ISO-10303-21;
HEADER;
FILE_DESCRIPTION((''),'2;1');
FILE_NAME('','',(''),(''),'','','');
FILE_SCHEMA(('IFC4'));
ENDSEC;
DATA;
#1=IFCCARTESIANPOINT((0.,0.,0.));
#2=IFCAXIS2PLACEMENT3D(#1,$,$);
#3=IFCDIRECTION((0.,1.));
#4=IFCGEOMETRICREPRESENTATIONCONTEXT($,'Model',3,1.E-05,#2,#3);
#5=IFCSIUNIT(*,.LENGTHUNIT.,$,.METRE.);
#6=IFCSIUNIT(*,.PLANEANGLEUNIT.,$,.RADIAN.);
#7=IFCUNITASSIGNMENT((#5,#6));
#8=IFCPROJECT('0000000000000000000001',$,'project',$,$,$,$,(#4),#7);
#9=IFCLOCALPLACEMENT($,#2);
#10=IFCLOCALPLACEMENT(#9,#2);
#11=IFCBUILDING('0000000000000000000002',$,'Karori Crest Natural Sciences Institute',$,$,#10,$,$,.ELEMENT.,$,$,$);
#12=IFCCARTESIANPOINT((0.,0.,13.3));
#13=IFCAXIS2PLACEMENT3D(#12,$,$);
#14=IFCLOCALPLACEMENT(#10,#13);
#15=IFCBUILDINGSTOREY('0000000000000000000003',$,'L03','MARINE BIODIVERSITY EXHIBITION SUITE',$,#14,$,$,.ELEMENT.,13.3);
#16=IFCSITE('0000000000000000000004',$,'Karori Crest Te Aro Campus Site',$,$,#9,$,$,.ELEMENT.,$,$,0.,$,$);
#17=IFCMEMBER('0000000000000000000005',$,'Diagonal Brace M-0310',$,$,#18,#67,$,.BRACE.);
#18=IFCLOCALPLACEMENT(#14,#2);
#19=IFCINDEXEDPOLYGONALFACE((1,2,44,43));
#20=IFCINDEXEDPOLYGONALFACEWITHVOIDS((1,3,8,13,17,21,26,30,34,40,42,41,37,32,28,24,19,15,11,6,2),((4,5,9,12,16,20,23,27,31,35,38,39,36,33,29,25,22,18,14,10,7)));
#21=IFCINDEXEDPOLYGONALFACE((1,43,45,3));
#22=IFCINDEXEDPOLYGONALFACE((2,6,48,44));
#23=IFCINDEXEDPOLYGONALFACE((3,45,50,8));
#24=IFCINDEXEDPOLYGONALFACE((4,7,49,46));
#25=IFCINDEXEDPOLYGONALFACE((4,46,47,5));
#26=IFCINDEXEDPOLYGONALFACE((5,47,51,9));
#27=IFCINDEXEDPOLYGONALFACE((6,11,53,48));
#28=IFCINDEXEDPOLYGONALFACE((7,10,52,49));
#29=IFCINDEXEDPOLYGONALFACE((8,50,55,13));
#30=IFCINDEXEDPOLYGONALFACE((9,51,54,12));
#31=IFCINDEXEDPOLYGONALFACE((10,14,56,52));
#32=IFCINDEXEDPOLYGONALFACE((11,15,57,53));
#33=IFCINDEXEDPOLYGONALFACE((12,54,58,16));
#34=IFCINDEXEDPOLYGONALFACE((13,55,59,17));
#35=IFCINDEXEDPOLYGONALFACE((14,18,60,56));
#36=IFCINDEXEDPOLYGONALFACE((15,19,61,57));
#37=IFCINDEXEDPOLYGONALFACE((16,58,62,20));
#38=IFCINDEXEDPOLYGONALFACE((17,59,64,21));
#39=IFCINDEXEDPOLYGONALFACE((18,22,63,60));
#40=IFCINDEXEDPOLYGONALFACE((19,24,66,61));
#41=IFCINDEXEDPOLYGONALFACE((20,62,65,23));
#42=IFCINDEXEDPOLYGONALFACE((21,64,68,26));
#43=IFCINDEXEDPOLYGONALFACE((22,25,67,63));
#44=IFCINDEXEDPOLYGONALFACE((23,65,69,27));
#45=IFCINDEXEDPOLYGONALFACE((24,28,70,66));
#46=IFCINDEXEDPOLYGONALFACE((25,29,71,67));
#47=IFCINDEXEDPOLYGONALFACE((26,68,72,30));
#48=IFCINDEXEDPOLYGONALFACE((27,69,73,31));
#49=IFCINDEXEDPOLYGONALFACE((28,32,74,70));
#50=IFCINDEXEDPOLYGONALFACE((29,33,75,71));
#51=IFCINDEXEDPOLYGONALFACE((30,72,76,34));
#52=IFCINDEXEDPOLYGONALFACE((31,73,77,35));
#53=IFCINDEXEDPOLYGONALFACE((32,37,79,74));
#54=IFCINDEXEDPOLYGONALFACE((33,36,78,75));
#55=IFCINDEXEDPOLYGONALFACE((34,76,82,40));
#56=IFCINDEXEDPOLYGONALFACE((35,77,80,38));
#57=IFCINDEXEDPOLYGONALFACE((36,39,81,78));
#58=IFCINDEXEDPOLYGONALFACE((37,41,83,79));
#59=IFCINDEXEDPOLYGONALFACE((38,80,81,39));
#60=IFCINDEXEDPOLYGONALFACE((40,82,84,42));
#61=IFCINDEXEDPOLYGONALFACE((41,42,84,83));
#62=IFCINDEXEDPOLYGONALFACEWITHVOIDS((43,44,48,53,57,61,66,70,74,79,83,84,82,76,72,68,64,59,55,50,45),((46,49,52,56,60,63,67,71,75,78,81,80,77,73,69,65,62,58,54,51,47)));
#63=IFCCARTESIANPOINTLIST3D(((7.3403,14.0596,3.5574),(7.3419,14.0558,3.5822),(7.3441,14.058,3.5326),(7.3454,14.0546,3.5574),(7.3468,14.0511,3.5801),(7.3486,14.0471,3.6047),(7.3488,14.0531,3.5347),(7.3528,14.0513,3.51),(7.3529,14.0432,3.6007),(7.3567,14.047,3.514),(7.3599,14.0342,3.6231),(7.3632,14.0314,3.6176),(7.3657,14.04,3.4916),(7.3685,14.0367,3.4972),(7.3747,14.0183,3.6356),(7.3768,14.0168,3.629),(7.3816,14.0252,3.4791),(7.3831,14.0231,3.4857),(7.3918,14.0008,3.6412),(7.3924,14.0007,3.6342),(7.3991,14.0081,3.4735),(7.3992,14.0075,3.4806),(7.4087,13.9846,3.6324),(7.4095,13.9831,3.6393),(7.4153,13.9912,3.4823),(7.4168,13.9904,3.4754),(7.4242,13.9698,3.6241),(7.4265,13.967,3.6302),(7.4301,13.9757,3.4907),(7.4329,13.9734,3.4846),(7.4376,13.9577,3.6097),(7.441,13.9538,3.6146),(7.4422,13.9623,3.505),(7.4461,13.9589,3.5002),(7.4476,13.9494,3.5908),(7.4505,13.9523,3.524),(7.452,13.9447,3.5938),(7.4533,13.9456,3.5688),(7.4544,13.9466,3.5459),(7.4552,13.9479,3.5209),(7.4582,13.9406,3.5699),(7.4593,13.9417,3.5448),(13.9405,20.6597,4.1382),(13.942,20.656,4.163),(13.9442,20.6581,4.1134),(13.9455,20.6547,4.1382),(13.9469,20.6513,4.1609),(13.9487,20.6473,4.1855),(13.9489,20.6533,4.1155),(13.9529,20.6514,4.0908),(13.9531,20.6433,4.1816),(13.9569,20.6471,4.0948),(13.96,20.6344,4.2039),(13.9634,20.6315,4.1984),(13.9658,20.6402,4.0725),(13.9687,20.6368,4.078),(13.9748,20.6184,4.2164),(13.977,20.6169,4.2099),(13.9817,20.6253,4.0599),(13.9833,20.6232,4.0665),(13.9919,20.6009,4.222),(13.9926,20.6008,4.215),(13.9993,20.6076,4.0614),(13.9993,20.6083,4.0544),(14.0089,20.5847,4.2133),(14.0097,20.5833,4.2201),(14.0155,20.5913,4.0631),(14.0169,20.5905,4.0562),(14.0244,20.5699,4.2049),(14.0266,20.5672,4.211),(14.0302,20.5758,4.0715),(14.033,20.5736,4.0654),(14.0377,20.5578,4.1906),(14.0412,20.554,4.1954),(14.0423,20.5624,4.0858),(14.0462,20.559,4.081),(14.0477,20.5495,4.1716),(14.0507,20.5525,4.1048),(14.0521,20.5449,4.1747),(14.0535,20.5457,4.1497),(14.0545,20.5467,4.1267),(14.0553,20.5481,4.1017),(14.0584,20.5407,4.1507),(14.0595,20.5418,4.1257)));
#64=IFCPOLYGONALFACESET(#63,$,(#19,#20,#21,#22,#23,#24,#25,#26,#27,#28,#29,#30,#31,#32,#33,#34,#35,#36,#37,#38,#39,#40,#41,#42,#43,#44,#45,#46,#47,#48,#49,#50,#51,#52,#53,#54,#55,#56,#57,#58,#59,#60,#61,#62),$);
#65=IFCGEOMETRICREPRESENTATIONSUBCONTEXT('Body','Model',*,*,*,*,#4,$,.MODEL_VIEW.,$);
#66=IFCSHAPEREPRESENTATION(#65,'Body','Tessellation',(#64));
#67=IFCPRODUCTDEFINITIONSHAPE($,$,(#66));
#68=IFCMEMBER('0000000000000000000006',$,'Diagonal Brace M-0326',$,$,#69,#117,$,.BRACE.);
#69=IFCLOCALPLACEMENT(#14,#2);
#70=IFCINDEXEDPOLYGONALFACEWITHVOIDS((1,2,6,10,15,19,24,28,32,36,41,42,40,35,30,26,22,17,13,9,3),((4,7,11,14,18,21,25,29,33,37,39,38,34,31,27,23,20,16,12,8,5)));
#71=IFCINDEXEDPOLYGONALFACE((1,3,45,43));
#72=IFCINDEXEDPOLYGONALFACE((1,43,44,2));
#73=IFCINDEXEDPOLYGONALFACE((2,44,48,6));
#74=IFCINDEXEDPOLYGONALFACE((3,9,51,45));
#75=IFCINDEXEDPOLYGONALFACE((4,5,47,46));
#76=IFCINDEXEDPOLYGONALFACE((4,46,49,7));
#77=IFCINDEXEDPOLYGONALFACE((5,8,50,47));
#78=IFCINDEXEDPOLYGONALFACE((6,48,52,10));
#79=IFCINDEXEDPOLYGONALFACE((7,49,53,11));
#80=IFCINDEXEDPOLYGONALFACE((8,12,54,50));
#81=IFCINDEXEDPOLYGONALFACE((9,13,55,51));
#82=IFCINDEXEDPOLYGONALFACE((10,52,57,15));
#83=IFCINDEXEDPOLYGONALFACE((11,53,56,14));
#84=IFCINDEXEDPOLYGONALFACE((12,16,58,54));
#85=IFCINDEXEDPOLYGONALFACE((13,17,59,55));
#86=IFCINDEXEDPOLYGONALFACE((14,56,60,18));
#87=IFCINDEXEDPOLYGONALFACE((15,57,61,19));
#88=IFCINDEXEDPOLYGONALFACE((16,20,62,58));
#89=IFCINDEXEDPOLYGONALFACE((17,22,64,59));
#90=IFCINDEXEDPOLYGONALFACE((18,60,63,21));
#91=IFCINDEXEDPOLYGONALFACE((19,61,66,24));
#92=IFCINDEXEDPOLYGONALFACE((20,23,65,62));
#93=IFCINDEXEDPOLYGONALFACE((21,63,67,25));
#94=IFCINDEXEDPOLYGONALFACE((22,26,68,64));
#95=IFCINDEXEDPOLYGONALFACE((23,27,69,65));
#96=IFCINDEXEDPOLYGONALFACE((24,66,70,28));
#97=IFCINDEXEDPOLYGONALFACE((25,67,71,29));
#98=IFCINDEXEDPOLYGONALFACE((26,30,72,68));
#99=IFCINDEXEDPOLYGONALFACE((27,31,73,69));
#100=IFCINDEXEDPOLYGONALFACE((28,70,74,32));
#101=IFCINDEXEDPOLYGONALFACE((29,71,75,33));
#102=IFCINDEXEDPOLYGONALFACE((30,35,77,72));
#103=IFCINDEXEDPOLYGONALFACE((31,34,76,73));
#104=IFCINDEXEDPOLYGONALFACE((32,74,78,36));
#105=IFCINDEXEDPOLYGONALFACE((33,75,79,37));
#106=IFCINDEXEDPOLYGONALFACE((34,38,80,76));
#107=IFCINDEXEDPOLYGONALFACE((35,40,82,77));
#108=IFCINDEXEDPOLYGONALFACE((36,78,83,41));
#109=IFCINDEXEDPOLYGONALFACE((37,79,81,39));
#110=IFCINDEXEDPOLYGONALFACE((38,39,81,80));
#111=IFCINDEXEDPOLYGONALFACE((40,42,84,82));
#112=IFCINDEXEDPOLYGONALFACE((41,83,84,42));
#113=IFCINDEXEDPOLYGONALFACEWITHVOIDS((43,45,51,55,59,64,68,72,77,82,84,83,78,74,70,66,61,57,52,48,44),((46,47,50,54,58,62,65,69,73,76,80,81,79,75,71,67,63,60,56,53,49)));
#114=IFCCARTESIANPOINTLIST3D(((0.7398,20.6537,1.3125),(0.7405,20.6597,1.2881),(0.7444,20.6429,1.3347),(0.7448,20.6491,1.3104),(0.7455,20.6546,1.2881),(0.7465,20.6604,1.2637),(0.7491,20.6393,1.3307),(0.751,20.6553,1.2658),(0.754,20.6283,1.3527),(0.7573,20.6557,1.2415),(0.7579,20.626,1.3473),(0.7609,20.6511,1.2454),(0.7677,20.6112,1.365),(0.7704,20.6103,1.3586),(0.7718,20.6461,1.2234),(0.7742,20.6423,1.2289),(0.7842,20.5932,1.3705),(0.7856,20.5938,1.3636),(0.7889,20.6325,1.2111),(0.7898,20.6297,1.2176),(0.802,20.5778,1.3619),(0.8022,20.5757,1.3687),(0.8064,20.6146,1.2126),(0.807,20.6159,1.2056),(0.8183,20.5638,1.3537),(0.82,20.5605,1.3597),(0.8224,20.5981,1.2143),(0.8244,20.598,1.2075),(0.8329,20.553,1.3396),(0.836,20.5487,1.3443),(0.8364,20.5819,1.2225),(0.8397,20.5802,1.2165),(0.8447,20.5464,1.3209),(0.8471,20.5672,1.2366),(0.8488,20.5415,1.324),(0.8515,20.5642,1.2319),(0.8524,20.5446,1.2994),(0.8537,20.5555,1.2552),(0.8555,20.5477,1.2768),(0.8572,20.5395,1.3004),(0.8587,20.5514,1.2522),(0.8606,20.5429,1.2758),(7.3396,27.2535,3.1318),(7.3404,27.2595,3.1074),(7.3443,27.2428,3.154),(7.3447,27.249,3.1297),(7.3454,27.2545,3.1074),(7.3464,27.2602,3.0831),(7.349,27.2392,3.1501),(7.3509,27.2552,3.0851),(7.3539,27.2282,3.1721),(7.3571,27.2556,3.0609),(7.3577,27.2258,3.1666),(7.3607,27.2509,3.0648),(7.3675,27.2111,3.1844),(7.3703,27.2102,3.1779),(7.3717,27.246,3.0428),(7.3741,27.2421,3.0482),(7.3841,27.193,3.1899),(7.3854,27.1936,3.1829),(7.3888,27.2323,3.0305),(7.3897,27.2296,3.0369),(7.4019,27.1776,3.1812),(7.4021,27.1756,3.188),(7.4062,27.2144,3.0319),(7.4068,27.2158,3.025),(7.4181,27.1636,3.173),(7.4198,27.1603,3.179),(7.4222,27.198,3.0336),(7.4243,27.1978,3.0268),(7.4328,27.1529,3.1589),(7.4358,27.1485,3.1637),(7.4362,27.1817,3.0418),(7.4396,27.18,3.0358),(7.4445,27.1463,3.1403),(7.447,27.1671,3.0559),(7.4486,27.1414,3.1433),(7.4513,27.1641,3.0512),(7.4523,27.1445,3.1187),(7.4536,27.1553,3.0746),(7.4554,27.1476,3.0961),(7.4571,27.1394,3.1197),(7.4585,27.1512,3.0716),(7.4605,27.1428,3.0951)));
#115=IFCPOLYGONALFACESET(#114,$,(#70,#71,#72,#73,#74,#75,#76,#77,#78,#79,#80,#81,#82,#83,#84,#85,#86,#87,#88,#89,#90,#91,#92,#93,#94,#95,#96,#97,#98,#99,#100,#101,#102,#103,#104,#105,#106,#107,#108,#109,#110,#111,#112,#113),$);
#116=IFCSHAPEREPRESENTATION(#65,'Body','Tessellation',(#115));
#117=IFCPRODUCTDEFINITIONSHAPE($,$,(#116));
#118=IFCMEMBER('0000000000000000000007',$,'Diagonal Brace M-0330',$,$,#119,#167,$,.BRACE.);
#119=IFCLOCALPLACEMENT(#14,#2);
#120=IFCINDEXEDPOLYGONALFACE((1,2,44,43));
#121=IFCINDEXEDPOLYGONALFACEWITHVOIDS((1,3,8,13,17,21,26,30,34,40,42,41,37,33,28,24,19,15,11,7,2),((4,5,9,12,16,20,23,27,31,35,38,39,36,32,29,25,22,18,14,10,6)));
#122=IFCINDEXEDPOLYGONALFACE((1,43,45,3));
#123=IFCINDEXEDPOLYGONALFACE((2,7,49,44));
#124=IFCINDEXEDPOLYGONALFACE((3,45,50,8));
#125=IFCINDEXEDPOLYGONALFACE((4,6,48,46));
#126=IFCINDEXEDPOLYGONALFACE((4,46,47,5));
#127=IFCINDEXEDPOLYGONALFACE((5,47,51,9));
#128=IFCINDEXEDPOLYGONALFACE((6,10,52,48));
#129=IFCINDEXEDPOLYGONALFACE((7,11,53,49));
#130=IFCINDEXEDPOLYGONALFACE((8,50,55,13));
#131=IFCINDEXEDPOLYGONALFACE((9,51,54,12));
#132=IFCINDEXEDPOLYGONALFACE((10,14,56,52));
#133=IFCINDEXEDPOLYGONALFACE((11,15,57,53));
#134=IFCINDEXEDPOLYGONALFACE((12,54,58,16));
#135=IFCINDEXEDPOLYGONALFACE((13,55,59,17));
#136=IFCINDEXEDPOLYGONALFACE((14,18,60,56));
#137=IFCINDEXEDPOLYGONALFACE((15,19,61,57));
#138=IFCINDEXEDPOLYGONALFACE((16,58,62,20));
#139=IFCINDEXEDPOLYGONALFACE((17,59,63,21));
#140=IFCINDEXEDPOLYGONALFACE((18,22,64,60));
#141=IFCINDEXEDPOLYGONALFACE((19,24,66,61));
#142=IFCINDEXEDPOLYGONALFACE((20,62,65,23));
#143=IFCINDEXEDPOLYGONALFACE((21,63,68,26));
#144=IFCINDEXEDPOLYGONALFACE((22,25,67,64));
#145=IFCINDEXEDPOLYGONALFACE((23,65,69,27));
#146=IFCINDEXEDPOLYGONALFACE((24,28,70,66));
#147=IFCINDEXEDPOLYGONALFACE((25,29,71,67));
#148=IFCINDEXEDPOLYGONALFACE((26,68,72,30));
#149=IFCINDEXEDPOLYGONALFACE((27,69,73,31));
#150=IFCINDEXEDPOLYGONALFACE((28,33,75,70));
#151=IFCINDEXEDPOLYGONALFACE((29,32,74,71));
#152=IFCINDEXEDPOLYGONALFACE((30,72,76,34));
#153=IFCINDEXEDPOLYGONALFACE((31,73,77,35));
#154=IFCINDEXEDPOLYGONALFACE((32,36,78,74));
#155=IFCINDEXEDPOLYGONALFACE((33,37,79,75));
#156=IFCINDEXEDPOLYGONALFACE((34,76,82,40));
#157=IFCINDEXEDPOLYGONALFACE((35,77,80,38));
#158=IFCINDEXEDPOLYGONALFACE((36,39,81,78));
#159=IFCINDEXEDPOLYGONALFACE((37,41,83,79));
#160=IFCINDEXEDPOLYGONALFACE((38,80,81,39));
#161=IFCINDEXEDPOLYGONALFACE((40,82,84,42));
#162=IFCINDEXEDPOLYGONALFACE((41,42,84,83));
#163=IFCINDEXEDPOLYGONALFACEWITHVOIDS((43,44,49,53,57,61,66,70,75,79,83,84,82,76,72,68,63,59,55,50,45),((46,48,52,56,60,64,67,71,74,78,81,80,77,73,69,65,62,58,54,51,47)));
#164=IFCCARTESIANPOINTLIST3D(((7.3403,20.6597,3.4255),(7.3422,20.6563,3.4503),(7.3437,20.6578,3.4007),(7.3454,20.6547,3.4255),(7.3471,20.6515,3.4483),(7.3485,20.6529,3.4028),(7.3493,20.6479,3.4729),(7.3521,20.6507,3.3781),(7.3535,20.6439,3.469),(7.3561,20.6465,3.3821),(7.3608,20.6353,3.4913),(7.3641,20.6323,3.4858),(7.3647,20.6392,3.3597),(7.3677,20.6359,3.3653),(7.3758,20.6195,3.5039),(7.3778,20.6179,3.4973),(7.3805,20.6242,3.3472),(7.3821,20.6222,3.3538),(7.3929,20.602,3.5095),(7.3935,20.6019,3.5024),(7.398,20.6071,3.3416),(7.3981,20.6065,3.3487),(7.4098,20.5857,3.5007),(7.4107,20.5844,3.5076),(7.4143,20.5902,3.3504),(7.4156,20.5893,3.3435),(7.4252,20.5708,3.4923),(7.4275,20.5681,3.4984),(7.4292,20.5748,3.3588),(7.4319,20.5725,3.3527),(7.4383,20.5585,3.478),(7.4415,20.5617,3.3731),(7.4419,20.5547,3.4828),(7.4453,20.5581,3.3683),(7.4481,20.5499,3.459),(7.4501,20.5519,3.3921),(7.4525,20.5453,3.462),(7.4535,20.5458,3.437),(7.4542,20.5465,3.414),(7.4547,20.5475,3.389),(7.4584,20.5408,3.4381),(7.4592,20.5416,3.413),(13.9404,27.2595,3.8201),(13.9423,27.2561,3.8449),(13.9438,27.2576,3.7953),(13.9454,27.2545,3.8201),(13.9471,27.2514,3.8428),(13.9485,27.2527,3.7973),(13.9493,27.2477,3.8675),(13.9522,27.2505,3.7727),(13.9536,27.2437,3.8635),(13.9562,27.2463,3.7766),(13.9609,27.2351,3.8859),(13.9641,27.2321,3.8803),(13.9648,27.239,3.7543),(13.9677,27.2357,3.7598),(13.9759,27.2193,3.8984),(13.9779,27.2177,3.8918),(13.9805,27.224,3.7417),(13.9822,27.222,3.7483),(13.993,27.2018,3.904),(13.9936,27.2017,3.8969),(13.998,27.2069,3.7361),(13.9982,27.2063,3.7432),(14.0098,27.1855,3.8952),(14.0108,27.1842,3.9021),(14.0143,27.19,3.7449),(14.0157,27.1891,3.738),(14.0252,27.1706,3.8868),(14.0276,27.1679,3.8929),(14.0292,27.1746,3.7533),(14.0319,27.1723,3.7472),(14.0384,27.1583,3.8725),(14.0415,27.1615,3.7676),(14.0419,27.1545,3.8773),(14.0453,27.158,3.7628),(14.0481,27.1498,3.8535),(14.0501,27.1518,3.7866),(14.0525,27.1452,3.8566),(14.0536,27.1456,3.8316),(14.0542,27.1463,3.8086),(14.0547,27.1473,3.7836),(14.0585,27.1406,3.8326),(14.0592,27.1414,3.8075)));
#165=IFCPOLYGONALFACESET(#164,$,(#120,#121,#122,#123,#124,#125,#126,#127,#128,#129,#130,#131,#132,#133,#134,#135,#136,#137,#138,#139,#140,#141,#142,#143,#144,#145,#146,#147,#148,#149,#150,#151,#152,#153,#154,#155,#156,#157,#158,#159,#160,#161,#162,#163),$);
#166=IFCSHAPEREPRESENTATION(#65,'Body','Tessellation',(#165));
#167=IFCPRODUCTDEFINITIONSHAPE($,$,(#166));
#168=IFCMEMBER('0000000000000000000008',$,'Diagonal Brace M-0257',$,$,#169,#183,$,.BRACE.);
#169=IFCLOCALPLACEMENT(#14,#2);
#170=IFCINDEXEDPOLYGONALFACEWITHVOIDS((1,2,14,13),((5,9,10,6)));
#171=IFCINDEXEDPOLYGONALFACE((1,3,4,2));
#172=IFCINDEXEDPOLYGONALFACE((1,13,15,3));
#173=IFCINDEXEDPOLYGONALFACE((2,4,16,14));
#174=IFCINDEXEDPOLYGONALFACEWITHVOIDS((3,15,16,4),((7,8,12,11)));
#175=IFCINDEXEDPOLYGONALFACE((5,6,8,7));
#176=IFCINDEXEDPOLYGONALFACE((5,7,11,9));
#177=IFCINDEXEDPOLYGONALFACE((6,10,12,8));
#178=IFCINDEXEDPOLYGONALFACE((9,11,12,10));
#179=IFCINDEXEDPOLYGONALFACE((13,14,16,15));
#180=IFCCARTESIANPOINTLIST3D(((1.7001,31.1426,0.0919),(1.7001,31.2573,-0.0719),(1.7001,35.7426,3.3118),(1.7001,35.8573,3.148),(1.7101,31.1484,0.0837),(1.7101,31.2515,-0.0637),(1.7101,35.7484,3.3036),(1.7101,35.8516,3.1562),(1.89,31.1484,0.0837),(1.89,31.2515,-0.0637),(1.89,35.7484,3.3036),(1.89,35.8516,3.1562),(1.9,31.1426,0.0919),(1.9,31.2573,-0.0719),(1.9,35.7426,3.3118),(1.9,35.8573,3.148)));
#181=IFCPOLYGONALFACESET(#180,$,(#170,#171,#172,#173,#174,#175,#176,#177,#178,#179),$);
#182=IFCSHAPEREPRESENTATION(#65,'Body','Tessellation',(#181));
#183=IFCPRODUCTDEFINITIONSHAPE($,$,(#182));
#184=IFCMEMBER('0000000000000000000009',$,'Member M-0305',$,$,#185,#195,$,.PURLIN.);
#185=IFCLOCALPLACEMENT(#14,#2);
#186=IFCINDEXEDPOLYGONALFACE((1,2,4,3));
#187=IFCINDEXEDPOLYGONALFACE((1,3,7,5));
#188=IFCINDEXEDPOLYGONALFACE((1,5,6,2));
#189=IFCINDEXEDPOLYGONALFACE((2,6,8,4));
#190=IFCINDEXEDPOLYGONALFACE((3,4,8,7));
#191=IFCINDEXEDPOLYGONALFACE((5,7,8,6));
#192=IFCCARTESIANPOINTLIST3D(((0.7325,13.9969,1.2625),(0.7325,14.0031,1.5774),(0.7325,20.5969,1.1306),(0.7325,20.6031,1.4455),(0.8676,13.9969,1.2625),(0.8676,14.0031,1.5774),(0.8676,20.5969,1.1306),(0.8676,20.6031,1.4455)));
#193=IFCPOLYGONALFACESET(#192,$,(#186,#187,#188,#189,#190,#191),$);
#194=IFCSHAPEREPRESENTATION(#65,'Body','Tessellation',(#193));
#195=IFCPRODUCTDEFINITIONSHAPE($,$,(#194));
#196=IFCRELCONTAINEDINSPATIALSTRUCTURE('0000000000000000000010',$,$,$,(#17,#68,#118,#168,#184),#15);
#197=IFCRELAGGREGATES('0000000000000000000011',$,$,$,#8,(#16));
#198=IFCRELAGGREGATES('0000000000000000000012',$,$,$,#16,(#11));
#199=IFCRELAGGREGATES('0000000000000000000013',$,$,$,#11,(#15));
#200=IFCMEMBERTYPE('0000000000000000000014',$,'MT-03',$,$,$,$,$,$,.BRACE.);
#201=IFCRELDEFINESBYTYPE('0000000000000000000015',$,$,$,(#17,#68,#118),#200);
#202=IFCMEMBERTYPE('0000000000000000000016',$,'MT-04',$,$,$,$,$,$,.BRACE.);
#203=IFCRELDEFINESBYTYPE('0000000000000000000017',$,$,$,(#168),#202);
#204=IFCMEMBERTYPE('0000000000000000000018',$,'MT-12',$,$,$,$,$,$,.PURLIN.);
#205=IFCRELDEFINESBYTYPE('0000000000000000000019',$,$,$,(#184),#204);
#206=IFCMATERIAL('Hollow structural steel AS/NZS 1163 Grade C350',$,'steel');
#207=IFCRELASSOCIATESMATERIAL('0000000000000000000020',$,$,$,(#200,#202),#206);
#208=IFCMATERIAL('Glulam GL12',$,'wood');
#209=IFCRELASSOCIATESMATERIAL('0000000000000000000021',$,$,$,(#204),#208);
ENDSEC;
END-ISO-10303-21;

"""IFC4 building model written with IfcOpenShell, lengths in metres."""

from ifc_helpers import new_model, si_unit, direction, frame, origin, origin_2d, place, context, subcontext, project, spatial, rectangle, hollow_rectangle, hollow_circle, extrude, material, material_profile, profile_set, type_object, element, save


model = new_model("IFC4")

# Units and contexts
model_context = context("Model", 3, precision=1e-05, world=origin(), true_north=direction((0.0, 1.0)))
body_context = subcontext(model_context, "Body", "Model", "MODEL_VIEW")
ifc_project = project(units=[si_unit("LENGTHUNIT", "METRE"), si_unit("PLANEANGLEUNIT", "RADIAN")], contexts=[model_context])

# Site, building, storey
site_placement = place(None, origin())
site = spatial("IfcSite", under=ifc_project, at=site_placement, Name="Karori Crest Te Aro Campus Site", CompositionType="ELEMENT", RefElevation=0.0)
building_placement = place(site_placement, origin())
building = spatial("IfcBuilding", under=site, at=building_placement, Name="Karori Crest Natural Sciences Institute", CompositionType="ELEMENT")
storey_placement = place(building_placement, frame((0.0, 0.0, 13.3)))
storey = spatial("IfcBuildingStorey", under=building, at=storey_placement, Name="L03", Description="MARINE BIODIVERSITY EXHIBITION SUITE", CompositionType="ELEMENT", Elevation=13.3)

# Shared definitions
ifc_material_1 = material(Name="Hollow structural steel AS/NZS 1163 Grade C350", Category="steel")

# Members
ifc_material_profile_1 = material_profile(ifc_material_1, hollow_circle(Radius=0.0842, WallThickness=0.0071, at=origin_2d()), Name="CHS168.3x7.1")
ifc_profile_set_1 = profile_set([ifc_material_profile_1], Name="Hollow structural steel AS/NZS 1163 Grade C350")
member_type_1 = type_object("IfcMemberType", Name="MT-03", PredefinedType="BRACE", material=ifc_profile_set_1)
member_1_placement = place(storey_placement, frame((7.3999, 14.0, 3.5574), z_axis=(0.705742, 0.705742, 0.062105), x_axis=(-0.707107, 0.707107, 0.0)))
element("IfcMember", 1, at=member_1_placement, inside=storey, type_object=member_type_1, Name="Diagonal Brace M-0310", PredefinedType="BRACE", context=body_context, shape_type="SweptSolid", body=[
    extrude(hollow_circle(Radius=0.0842, WallThickness=0.0071, at=origin_2d()), origin(), (0.0, 0.0, 1.0), 9.3521),
])
member_2_placement = place(storey_placement, frame((0.8, 20.6001, 1.2881), z_axis=(0.694045, 0.694045, 0.191322), x_axis=(-0.707107, 0.707107, 0.0)))
element("IfcMember", 2, at=member_2_placement, inside=storey, type_object=member_type_1, Name="Diagonal Brace M-0326", PredefinedType="BRACE", context=body_context, shape_type="SweptSolid", body=[
    extrude(hollow_circle(Radius=0.0842, WallThickness=0.0071, at=origin_2d()), origin(), (0.0, 0.0, 1.0), 9.5093),
])
member_3_placement = place(storey_placement, frame((7.3999, 20.6001, 3.4255), z_axis=(0.706489, 0.706463, 0.042231), x_axis=(-0.707094, 0.70712, 0.0)))
element("IfcMember", 3, at=member_3_placement, inside=storey, type_object=member_type_1, Name="Diagonal Brace M-0330", PredefinedType="BRACE", context=body_context, shape_type="SweptSolid", body=[
    extrude(hollow_circle(Radius=0.0842, WallThickness=0.0071, at=origin_2d()), origin(), (0.0, 0.0, 1.0), 9.342),
])
ifc_material_profile_2 = material_profile(ifc_material_1, hollow_rectangle(XDim=0.2, YDim=0.2, WallThickness=0.01, at=origin_2d()), Name="SHS200x200x10")
ifc_profile_set_2 = profile_set([ifc_material_profile_2], Name="Hollow structural steel AS/NZS 1163 Grade C350")
member_type_2 = type_object("IfcMemberType", Name="MT-04", PredefinedType="BRACE", material=ifc_profile_set_2)
member_4_placement = place(storey_placement, frame((1.8, 31.2, 0.01), z_axis=(0.0, 0.81924, 0.573451), x_axis=(-1.0, 0.0, 0.0)))
element("IfcMember", 4, at=member_4_placement, inside=storey, type_object=member_type_2, Name="Diagonal Brace M-0257", PredefinedType="BRACE", context=body_context, shape_type="SweptSolid", body=[
    extrude(hollow_rectangle(XDim=0.2, YDim=0.2, WallThickness=0.01, at=origin_2d()), origin(), (0.0, 0.0, 1.0), 5.615),
])
ifc_material_2 = material(Name="Glulam GL12", Category="wood")
ifc_material_profile_3 = material_profile(ifc_material_2, rectangle(XDim=0.135, YDim=0.3149, at=origin_2d()), Name="GL135x315")
ifc_profile_set_3 = profile_set([ifc_material_profile_3], Name="Glulam GL12")
member_type_3 = type_object("IfcMemberType", Name="MT-12", PredefinedType="PURLIN", material=ifc_profile_set_3)
for number, where, z_axis, x_axis, name in (
    (5, (0.8, 14.0, 1.4199), (0.0, 0.999801, -0.019971), (-1.0, 0.0, 0.0), "Member M-0305"),
):
    element("IfcMember", number, at=place(storey_placement, frame(where, z_axis=z_axis, x_axis=x_axis)), inside=storey, type_object=member_type_3, Name=name, PredefinedType="PURLIN", context=body_context, shape_type="SweptSolid", body=[
        extrude(rectangle(XDim=0.135, YDim=0.3149, at=origin_2d()), origin(), (0.0, 0.0, 1.0), 6.6013),
    ])

save(model, "model.ifc")
